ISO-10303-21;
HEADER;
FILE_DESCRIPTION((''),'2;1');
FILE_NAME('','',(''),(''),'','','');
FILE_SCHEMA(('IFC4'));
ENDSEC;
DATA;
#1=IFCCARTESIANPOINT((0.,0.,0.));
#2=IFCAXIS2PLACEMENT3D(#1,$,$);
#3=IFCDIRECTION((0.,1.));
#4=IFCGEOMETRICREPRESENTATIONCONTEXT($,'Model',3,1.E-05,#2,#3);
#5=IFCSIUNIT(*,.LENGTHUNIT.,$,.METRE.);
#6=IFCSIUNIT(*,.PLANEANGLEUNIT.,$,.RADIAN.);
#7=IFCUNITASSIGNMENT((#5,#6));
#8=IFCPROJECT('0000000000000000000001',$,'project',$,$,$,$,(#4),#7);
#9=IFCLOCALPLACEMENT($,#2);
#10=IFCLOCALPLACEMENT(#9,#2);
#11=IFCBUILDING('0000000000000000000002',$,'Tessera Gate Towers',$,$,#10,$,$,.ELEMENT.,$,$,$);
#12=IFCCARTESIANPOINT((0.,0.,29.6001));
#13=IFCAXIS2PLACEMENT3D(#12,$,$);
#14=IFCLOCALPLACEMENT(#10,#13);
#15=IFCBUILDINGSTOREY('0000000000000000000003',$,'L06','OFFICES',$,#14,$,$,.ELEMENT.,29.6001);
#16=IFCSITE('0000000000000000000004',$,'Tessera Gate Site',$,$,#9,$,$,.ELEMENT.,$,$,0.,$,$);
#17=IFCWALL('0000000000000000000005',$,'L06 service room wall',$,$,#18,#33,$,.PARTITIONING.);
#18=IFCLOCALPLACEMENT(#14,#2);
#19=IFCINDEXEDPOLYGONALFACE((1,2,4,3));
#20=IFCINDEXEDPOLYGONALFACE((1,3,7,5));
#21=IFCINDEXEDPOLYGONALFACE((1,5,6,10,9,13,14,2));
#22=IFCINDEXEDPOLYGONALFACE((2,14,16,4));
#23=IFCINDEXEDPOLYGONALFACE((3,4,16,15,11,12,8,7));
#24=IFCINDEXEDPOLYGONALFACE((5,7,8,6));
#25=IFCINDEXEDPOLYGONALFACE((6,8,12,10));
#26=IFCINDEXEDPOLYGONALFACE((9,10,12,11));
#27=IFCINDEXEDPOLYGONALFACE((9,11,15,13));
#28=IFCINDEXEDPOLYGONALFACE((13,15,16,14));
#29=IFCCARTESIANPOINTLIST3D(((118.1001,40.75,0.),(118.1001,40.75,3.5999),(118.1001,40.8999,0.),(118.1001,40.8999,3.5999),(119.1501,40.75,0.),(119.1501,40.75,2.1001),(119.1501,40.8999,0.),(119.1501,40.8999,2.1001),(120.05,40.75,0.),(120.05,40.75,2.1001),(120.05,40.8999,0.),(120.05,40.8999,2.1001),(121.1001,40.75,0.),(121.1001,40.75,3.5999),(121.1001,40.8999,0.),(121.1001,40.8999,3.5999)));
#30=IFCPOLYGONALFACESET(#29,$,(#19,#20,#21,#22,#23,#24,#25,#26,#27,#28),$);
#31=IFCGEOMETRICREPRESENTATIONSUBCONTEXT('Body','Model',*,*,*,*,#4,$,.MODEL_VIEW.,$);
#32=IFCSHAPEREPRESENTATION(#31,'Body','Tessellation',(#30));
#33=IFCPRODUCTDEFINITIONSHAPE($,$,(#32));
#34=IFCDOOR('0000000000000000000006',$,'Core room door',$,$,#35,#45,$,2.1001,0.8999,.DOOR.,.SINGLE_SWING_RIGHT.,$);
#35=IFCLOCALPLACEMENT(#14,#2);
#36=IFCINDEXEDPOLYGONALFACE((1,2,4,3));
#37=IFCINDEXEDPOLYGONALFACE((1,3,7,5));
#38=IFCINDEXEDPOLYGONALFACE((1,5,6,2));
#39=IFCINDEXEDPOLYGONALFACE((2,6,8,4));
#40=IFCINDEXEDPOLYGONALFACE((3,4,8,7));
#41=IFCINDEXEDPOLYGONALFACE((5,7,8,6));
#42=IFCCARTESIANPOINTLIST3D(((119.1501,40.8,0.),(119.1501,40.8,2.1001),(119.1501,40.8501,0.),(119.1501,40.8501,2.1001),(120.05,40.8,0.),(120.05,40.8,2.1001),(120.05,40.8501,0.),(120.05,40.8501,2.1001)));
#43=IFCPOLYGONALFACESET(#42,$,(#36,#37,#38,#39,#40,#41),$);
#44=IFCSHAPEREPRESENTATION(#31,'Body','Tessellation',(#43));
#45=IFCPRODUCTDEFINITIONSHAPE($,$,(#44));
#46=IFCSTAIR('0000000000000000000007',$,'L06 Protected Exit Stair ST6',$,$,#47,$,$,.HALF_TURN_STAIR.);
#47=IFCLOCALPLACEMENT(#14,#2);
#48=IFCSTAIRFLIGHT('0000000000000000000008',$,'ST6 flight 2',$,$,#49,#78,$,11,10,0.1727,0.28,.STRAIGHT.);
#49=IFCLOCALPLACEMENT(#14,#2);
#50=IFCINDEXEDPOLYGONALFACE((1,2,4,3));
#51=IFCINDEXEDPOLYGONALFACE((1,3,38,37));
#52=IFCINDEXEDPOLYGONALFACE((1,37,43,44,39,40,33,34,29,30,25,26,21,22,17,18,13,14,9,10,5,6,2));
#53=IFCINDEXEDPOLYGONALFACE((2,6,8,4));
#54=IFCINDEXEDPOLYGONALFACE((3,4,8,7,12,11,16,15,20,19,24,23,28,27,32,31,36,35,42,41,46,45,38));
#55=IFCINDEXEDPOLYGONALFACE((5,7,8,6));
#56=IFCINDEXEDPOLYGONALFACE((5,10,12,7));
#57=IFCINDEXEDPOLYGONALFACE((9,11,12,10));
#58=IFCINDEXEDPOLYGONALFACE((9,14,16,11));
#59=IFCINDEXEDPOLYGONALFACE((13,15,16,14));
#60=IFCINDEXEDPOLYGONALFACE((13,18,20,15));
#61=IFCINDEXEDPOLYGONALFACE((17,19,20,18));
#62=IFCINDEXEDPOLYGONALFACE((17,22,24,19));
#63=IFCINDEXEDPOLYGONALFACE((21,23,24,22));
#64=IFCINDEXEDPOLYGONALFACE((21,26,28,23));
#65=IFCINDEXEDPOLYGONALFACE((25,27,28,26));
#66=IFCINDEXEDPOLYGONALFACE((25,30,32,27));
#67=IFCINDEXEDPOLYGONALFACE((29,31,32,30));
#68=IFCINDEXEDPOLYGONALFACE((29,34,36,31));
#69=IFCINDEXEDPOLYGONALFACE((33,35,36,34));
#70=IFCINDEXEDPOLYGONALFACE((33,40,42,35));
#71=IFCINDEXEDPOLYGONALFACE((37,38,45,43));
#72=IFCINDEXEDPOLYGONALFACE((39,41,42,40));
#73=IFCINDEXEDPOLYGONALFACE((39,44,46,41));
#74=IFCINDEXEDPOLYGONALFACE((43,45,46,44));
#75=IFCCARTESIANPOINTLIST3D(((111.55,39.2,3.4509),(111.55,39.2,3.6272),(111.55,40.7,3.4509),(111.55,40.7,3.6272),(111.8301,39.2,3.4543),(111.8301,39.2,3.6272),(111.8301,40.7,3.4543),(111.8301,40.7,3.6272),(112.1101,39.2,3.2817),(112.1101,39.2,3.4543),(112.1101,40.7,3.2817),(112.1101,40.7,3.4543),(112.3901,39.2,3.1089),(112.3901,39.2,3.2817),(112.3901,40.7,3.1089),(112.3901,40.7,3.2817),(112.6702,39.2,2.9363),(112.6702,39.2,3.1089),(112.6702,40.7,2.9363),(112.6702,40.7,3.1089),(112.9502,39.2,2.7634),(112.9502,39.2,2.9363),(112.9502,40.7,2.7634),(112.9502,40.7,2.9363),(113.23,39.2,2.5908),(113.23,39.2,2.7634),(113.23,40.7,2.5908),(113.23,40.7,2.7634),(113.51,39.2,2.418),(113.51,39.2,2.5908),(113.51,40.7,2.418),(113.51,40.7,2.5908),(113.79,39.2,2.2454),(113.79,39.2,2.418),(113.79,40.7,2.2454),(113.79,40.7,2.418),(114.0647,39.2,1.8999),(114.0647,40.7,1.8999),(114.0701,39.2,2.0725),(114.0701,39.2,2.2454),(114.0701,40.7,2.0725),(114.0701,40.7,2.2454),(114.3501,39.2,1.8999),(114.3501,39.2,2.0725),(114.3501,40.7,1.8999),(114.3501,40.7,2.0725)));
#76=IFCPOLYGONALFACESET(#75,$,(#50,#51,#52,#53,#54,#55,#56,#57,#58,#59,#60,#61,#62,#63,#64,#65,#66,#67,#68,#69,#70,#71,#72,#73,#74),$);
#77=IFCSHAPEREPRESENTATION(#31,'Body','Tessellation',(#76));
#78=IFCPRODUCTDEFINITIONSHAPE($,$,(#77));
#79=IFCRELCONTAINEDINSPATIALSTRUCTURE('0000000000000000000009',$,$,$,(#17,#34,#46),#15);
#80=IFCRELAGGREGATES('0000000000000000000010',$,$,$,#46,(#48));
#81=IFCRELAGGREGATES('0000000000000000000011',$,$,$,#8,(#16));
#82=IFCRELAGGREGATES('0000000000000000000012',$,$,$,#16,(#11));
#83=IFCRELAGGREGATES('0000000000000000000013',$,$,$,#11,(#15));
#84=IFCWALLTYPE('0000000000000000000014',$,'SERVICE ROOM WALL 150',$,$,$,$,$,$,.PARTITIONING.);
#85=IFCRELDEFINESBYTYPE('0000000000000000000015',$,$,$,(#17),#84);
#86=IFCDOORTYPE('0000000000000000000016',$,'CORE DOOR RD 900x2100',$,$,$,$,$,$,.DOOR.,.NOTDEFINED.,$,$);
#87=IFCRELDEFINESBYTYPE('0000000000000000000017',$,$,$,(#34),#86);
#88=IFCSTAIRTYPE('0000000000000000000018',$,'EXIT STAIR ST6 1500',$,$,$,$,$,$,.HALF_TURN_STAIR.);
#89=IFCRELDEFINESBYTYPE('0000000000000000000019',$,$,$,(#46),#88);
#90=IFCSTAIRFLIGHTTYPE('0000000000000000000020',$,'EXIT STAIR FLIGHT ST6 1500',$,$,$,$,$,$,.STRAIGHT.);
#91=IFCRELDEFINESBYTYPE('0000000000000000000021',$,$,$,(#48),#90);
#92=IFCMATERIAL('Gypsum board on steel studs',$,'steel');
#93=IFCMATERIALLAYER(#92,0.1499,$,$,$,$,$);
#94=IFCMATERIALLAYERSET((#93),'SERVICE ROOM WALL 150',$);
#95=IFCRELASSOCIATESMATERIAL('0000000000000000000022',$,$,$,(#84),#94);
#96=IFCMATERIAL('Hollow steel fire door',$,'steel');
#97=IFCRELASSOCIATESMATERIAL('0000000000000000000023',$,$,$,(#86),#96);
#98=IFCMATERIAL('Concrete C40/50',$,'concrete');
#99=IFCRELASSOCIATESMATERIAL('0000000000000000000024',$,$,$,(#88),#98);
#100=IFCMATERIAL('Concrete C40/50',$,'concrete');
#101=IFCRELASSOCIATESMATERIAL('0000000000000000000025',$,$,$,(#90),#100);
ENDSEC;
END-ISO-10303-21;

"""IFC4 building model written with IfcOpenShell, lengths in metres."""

from ifc_helpers import new_model, si_unit, direction, frame, frame_2d, origin, place, context, subcontext, project, spatial, polyline, rectangle, outline, extrude, source, transform, mapped, material, layer, layer_set, type_object, element, fill, aggregate, save


model = new_model("IFC4")

# Units and contexts
model_context = context("Model", 3, precision=1e-05, world=origin(), true_north=direction((0.0, 1.0)))
body_context = subcontext(model_context, "Body", "Model", "MODEL_VIEW")
ifc_project = project(units=[si_unit("LENGTHUNIT", "METRE"), si_unit("PLANEANGLEUNIT", "RADIAN")], contexts=[model_context])

# Site, building, storey
site_placement = place(None, origin())
site = spatial("IfcSite", under=ifc_project, at=site_placement, Name="Tessera Gate Site", CompositionType="ELEMENT", RefElevation=0.0)
building_placement = place(site_placement, origin())
building = spatial("IfcBuilding", under=site, at=building_placement, Name="Tessera Gate Towers", CompositionType="ELEMENT")
storey_placement = place(building_placement, frame((0.0, 0.0, 29.6001)))
storey = spatial("IfcBuildingStorey", under=building, at=storey_placement, Name="L06", Description="OFFICES", CompositionType="ELEMENT", Elevation=29.6001)

# Wall, opening, door
ifc_material_1 = material(Name="Gypsum board on steel studs", Category="steel")
ifc_layer_1 = layer(ifc_material_1, 0.1499)
ifc_layer_set_1 = layer_set([ifc_layer_1], Name="SERVICE ROOM WALL 150")
wall_type_1 = type_object("IfcWallType", Name="SERVICE ROOM WALL 150", PredefinedType="PARTITIONING", material=ifc_layer_set_1)
wall_1_placement = place(storey_placement, frame((121.1001, 40.825, 0.0), z_axis=(0.0, 0.0, 1.0), x_axis=(-1.0, 0.0, 0.0)))
wall_1 = element("IfcWall", 1, at=wall_1_placement, inside=storey, type_object=wall_type_1, Name="L06 service room wall", PredefinedType="PARTITIONING", context=body_context, shape_type="SweptSolid", body=[
    extrude(rectangle(XDim=3.0, YDim=0.1499, at=frame_2d((1.5, 0.0))), origin(), (0.0, 0.0, 1.0), 3.5999),
])
shared_shape_1 = source(origin(), body_context, "Body", "SweptSolid", [
    extrude(rectangle(XDim=0.8999, YDim=2.1001, at=frame_2d((0.45, 1.05))), frame((0.0, 0.085, 0.0), z_axis=(0.0, -1.0, 0.0), x_axis=(1.0, 0.0, 0.0)), (0.0, 0.0, 1.0), 0.1699),
])
opening_1_placement = place(wall_1_placement, frame((1.05, 0.0, 0.0)))
opening_1 = element("IfcOpeningElement", 2, at=opening_1_placement, cuts=wall_1, PredefinedType="OPENING", context=body_context, shape_type="MappedRepresentation", body=[
    mapped(shared_shape_1, transform((0.0, 0.0, 0.0), scale=1.0)),
])
ifc_material_2 = material(Name="Hollow steel fire door", Category="steel")
door_type_1 = type_object("IfcDoorType", Name="CORE DOOR RD 900x2100", OperationType="NOTDEFINED", PredefinedType="DOOR", material=ifc_material_2)
shared_shape_2 = source(origin(), body_context, "Body", "SweptSolid", [
    extrude(rectangle(XDim=0.8999, YDim=2.1001, at=frame_2d((0.45, 1.05))), frame((0.0, 0.0249, 0.0), z_axis=(0.0, -1.0, 0.0), x_axis=(1.0, 0.0, 0.0)), (0.0, 0.0, 1.0), 0.05),
])
door_1_placement = place(opening_1_placement, origin())
door_1 = element("IfcDoor", 3, at=door_1_placement, inside=storey, type_object=door_type_1, Name="Core room door", OperationType="SINGLE_SWING_RIGHT", OverallHeight=2.1001, OverallWidth=0.8999, PredefinedType="DOOR", context=body_context, shape_type="MappedRepresentation", body=[
    mapped(shared_shape_2, transform((0.0, 0.0, 0.0), scale=1.0)),
])
fill(opening_1, door_1)

# Stair, stair flight
ifc_material_3 = material(Name="Concrete C40/50", Category="concrete")
stair_type = type_object("IfcStairType", Name="EXIT STAIR ST6 1500", PredefinedType="HALF_TURN_STAIR", material=ifc_material_3)
stair_placement = place(storey_placement, origin())
stair = element("IfcStair", 4, at=stair_placement, inside=storey, type_object=stair_type, Name="L06 Protected Exit Stair ST6", PredefinedType="HALF_TURN_STAIR")
ifc_material_4 = material(Name="Concrete C40/50", Category="concrete")
stair_flight_type = type_object("IfcStairFlightType", Name="EXIT STAIR FLIGHT ST6 1500", PredefinedType="STRAIGHT", material=ifc_material_4)
stair_flight_placement = place(storey_placement, frame((114.3501, 39.95, 1.8999), z_axis=(0.0, 0.0, 1.0), x_axis=(-1.0, 0.0, 0.0)))
stair_flight = element("IfcStairFlight", 5, at=stair_flight_placement, type_object=stair_flight_type, Name="ST6 flight 2", NumberOfRisers=11, NumberOfTreads=10, PredefinedType="STRAIGHT", RiserHeight=0.1727, TreadLength=0.28, context=body_context, shape_type="SweptSolid", body=[
    extrude(outline(polyline([(0.0, 0.0), (0.0, 0.1726), (0.28, 0.1726), (0.28, 0.3455), (0.5601, 0.3455), (0.5601, 0.5181), (0.8401, 0.5181), (0.8401, 0.6909), (1.1201, 0.6909), (1.1201, 0.8635), (1.3999, 0.8635), (1.3999, 1.0364), (1.6799, 1.0364), (1.6799, 1.209), (1.96, 1.209), (1.96, 1.3818), (2.24, 1.3818), (2.24, 1.5544), (2.52, 1.5544), (2.52, 1.7273), (2.8, 1.7273), (2.8, 1.8999), (2.8, 1.551), (0.2854, 0.0), (0.0, 0.0)])), frame((0.0, 0.75, 0.0), z_axis=(0.0, -1.0, 0.0), x_axis=(1.0, 0.0, 0.0)), (0.0, 0.0, 1.0), 1.5),
])
aggregate(stair, [stair_flight])

save(model, "model.ifc")
